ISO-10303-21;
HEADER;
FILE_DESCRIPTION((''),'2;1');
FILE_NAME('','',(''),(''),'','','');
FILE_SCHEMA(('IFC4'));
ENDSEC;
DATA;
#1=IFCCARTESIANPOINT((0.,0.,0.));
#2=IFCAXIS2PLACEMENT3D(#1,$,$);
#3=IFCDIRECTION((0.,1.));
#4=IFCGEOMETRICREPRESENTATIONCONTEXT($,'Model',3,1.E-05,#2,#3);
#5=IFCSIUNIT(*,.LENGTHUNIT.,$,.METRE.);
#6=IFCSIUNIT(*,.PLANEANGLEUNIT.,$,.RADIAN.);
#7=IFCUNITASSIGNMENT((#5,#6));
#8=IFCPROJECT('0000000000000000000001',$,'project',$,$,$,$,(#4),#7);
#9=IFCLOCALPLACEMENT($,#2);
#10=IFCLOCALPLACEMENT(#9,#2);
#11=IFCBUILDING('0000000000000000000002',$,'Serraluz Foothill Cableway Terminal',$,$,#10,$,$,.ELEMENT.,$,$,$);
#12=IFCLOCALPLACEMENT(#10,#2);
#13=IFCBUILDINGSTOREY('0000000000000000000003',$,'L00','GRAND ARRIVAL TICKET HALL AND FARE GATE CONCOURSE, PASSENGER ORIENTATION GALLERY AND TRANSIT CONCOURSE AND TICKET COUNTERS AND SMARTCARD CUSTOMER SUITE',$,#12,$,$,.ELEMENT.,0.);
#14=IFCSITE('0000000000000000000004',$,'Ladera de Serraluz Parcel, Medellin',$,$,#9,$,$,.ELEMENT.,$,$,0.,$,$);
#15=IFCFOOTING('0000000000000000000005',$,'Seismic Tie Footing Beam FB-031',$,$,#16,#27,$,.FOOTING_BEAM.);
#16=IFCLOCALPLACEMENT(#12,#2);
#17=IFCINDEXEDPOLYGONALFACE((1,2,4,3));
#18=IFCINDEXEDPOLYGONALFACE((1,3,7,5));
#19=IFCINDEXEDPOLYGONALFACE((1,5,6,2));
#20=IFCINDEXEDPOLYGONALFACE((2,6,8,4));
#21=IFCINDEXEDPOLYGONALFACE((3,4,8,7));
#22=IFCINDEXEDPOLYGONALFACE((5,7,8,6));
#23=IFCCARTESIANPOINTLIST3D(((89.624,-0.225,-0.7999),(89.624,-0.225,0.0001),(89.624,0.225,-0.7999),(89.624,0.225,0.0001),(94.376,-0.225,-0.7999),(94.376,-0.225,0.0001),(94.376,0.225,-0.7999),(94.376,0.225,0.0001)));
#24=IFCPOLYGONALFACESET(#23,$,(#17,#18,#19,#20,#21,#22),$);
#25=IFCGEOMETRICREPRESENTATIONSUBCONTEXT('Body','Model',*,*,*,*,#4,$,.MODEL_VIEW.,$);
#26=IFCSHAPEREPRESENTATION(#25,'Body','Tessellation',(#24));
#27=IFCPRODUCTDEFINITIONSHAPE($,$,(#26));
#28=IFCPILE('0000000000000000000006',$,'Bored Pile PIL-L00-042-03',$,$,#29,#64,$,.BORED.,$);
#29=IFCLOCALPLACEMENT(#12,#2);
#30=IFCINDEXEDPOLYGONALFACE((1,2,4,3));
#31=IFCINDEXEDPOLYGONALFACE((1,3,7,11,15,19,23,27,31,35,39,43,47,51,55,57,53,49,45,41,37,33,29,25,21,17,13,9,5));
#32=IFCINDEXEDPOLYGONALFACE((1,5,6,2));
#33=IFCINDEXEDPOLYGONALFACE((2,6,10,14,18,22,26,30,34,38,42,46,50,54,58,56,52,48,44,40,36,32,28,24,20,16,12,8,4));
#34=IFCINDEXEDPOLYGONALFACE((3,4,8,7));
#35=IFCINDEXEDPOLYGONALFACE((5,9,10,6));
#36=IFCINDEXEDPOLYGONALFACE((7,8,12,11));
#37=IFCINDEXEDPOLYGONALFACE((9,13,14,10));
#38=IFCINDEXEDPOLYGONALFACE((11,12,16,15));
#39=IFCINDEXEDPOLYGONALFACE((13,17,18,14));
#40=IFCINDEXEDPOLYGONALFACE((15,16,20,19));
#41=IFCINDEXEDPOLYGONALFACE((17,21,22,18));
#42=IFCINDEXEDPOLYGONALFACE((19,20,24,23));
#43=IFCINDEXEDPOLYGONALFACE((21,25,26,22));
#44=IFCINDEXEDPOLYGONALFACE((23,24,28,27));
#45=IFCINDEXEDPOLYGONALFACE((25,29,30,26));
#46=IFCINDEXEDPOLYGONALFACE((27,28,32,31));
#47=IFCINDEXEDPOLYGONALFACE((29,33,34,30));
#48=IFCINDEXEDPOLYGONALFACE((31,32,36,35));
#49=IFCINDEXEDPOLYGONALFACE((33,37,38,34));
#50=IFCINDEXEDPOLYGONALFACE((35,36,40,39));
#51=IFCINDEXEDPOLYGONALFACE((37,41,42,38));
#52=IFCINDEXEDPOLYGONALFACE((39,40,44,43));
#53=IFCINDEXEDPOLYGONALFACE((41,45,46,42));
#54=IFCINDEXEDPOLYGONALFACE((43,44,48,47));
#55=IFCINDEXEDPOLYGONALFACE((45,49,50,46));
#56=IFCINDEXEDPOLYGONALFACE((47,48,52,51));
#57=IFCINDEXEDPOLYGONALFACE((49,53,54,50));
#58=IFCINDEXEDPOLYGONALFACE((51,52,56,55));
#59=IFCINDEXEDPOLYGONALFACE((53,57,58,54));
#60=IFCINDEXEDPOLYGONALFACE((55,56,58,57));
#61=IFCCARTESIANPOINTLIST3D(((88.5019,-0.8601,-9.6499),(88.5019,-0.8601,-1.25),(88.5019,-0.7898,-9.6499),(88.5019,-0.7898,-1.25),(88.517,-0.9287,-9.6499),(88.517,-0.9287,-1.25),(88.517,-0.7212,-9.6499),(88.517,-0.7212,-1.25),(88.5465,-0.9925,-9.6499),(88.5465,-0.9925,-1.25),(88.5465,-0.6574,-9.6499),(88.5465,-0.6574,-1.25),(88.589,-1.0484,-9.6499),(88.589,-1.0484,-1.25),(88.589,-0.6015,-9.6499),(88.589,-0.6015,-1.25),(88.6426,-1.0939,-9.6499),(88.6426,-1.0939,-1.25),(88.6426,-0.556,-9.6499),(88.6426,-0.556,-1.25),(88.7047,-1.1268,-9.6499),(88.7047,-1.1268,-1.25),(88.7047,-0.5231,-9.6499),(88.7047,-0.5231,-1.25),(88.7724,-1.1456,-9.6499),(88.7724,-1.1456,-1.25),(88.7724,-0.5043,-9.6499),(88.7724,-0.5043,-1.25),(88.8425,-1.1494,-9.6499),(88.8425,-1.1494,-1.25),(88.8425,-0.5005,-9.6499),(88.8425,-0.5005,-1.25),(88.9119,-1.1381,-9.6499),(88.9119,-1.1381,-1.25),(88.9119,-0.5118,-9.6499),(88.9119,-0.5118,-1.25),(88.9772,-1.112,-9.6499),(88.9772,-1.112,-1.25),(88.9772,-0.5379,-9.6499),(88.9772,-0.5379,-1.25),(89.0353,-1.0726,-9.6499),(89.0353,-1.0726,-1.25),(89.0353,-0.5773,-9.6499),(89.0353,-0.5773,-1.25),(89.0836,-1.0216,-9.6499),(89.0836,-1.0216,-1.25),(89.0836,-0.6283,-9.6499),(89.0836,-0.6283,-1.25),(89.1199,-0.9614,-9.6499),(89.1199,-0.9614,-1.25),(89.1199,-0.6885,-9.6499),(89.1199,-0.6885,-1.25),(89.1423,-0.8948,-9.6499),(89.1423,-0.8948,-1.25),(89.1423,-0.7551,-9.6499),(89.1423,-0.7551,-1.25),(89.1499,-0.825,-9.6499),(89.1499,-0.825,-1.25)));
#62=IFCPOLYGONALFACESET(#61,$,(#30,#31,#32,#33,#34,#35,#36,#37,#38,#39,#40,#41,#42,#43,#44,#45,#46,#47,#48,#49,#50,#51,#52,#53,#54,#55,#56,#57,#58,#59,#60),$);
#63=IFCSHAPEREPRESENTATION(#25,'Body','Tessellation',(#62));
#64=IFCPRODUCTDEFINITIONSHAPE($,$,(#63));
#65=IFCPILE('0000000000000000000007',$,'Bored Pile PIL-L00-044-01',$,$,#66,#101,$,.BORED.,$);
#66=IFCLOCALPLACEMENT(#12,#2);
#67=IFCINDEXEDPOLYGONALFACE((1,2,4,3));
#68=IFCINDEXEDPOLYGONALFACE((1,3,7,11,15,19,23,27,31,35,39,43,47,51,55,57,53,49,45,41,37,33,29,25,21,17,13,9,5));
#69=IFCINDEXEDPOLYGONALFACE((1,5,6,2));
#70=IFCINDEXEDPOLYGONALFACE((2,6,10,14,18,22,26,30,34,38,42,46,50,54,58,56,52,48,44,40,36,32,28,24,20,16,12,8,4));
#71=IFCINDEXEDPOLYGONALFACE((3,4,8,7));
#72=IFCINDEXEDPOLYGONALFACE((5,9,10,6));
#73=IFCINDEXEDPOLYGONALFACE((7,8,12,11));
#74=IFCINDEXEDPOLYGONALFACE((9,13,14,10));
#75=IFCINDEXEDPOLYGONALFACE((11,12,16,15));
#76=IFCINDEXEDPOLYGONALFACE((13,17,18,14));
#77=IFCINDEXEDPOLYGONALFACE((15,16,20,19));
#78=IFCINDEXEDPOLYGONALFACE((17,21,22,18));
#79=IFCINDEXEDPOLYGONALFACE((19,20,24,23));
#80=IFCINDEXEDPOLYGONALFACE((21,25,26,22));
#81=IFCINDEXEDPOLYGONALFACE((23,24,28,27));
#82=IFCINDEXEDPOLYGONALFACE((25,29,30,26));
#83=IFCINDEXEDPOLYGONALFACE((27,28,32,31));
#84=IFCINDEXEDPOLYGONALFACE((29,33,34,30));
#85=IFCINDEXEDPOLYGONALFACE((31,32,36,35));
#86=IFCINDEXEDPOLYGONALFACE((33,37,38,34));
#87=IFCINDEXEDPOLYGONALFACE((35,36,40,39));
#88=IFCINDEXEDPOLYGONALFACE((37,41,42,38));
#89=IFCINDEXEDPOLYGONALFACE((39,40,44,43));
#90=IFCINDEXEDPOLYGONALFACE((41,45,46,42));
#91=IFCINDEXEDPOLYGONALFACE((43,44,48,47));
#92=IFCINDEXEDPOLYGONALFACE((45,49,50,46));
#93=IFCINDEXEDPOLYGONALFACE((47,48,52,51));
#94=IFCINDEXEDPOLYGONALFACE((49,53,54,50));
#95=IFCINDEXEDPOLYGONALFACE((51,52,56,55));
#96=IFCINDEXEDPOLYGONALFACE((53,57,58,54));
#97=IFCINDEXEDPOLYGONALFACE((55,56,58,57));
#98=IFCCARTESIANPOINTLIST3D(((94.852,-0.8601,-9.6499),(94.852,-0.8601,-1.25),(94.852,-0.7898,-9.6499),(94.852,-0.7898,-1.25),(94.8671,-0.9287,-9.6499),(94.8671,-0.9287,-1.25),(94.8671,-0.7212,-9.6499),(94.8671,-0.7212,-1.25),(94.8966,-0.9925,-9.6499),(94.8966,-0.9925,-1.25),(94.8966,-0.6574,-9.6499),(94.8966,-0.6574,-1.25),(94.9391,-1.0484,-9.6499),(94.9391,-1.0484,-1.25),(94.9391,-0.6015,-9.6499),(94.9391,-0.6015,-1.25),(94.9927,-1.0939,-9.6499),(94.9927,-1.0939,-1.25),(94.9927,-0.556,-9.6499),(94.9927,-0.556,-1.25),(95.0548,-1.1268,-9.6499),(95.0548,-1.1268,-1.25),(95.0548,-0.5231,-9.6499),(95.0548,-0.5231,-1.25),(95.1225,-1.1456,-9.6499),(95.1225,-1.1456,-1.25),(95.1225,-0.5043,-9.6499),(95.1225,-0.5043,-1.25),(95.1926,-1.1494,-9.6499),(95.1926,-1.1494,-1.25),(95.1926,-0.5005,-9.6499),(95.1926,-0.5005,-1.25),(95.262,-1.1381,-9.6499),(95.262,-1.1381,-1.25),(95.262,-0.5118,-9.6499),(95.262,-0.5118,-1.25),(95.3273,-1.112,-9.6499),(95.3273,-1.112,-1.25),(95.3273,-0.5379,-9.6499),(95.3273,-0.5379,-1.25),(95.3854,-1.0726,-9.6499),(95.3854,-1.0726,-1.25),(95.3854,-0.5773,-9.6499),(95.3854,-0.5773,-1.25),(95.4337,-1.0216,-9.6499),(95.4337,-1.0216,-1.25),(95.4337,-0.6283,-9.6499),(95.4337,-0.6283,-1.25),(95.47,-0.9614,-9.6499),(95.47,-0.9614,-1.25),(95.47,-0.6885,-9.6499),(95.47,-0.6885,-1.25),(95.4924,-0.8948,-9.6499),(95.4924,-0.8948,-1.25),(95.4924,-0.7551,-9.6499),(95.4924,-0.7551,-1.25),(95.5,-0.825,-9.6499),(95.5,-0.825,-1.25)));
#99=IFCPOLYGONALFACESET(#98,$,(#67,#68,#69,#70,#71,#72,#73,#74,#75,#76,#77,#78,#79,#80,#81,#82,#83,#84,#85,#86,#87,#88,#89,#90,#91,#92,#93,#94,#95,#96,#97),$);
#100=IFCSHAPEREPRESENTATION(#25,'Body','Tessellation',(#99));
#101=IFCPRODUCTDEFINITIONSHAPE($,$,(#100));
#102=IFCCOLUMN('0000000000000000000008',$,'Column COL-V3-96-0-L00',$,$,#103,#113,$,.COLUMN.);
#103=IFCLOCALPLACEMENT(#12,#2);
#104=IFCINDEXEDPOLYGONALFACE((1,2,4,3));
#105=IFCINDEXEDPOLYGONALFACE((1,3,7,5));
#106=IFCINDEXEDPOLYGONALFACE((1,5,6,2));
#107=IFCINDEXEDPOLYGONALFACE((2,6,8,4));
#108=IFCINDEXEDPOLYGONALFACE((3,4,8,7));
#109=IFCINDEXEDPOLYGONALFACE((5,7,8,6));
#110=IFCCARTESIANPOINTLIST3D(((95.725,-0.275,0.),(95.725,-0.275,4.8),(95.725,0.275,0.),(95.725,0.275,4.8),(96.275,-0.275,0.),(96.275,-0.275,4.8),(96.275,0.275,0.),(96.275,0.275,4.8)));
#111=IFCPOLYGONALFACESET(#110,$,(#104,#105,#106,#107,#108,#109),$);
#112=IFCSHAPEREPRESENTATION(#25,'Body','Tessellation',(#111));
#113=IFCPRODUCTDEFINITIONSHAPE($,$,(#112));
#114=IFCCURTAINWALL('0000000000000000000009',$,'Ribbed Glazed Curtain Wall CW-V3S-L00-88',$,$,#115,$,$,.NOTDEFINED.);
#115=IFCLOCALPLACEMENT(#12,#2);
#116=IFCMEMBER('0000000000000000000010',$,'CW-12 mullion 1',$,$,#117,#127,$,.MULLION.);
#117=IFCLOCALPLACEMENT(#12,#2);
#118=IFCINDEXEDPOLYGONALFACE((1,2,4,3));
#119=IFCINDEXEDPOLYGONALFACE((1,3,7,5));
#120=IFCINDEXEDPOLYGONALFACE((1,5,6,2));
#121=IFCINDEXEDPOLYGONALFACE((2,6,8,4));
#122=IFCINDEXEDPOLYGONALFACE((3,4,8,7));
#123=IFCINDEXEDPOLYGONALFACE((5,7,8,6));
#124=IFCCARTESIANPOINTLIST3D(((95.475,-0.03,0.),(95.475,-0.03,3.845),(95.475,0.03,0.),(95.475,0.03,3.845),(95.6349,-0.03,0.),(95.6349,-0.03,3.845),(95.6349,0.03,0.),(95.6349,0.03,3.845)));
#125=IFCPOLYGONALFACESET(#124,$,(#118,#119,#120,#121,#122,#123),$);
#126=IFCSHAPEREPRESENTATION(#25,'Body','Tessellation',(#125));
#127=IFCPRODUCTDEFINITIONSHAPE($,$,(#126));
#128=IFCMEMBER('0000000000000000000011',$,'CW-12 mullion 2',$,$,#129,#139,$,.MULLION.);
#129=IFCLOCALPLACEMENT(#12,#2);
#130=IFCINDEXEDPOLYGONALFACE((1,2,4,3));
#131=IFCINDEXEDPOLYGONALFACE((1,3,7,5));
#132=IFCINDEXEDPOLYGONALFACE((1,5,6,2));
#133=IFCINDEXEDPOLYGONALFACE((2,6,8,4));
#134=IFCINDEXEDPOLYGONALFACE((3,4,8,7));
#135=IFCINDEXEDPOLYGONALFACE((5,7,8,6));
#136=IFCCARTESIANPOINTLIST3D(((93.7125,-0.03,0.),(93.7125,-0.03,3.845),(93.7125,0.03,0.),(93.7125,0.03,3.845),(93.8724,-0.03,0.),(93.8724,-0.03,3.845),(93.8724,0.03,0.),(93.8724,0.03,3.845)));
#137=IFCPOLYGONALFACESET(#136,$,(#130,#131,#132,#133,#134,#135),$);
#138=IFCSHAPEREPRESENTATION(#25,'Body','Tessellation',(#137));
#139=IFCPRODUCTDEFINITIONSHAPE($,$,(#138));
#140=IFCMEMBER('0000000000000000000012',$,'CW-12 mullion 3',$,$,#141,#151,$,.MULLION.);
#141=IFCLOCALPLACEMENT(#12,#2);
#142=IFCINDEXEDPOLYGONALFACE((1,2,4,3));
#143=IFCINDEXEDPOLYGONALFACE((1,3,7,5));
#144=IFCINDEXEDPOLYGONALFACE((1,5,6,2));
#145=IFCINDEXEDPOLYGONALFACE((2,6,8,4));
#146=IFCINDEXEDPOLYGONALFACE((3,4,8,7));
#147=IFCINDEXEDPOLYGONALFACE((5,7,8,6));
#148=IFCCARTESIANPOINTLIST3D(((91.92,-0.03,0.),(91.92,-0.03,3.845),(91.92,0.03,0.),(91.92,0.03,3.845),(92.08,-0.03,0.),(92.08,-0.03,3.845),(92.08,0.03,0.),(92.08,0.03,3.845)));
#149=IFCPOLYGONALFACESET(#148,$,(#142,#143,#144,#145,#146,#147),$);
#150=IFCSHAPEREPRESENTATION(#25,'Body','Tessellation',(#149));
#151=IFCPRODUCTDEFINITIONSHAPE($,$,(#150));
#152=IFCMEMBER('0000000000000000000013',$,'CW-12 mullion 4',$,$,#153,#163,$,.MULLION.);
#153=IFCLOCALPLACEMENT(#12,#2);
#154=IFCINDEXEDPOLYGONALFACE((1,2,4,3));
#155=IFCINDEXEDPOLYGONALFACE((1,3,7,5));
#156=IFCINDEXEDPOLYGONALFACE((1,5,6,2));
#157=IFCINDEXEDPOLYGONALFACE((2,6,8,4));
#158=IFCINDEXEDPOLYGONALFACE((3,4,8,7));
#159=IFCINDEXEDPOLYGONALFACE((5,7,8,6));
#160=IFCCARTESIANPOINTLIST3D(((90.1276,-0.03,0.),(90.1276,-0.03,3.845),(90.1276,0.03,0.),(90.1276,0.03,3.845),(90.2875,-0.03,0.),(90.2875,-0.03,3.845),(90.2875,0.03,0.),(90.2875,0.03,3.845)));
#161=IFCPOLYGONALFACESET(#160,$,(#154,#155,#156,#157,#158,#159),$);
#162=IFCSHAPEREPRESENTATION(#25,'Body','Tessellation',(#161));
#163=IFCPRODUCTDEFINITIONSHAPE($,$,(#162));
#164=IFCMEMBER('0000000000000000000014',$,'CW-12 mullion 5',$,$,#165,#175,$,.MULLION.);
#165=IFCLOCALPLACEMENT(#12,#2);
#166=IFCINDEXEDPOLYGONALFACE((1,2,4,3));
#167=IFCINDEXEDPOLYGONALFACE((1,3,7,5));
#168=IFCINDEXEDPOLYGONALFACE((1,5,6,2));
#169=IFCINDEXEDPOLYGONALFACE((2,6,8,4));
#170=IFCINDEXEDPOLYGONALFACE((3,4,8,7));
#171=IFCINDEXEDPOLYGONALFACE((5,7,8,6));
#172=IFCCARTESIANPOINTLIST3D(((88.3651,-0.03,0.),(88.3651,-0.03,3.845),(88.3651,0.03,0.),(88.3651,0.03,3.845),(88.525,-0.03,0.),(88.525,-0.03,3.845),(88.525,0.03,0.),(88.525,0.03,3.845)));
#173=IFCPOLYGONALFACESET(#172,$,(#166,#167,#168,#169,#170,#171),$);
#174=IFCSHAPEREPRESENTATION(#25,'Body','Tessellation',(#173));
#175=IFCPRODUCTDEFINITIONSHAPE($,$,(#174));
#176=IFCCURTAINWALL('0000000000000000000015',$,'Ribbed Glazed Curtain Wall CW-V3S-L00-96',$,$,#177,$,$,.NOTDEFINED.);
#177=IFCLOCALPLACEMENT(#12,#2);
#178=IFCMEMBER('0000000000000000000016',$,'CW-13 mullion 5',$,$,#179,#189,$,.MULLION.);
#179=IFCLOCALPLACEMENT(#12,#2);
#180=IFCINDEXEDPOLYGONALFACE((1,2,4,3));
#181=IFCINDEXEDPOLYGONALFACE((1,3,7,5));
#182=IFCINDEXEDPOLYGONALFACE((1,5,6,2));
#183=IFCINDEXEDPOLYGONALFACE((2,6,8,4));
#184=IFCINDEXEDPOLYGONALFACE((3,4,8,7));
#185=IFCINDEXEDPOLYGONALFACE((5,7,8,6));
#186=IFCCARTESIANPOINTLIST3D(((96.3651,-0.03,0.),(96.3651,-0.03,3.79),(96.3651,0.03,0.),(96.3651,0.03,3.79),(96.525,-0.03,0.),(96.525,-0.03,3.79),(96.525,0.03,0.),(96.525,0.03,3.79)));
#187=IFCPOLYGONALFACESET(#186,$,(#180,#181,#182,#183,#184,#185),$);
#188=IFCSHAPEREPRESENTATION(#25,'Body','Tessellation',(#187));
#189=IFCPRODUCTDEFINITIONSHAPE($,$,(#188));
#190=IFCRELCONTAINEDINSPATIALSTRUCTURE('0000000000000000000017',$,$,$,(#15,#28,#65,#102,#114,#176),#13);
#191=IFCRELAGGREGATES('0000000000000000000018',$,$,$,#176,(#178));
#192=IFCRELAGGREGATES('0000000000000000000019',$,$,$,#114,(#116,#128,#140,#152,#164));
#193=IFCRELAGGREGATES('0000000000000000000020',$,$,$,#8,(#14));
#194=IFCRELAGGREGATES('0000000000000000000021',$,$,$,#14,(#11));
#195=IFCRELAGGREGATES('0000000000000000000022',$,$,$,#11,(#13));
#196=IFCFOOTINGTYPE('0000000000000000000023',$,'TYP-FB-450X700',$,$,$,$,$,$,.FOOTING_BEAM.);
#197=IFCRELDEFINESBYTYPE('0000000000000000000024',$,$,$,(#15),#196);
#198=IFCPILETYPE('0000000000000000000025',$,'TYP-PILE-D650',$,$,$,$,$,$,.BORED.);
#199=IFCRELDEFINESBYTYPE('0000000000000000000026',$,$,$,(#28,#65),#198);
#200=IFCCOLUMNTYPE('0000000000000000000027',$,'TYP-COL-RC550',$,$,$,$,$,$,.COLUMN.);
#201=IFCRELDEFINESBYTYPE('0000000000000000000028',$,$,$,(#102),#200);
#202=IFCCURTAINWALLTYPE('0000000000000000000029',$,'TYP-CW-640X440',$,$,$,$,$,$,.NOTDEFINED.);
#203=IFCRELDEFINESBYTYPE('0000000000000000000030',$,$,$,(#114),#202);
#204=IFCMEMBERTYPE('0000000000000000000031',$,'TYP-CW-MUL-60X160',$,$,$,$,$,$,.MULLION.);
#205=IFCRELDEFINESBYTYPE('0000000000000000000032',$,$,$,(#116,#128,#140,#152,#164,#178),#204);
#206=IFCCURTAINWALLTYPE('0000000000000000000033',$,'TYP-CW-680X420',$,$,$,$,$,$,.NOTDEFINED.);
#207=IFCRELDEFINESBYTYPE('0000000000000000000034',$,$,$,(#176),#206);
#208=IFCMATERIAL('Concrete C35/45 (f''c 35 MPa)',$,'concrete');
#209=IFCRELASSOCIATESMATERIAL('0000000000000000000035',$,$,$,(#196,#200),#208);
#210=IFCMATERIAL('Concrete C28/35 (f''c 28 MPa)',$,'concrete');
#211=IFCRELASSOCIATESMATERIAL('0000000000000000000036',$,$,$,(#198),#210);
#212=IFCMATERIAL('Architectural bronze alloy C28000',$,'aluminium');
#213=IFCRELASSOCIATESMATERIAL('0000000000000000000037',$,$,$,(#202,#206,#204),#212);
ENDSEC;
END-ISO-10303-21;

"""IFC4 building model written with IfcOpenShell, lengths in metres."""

from ifc_helpers import new_model, si_unit, direction, frame, origin, origin_2d, place, context, subcontext, project, spatial, rectangle, circle, extrude, material, material_profile, profile_set, type_object, element, aggregate, save


model = new_model("IFC4")

# Units and contexts
model_context = context("Model", 3, precision=1e-05, world=origin(), true_north=direction((0.0, 1.0)))
body_context = subcontext(model_context, "Body", "Model", "MODEL_VIEW")
ifc_project = project(units=[si_unit("LENGTHUNIT", "METRE"), si_unit("PLANEANGLEUNIT", "RADIAN")], contexts=[model_context])

# Site, building, storey
site_placement = place(None, origin())
site = spatial("IfcSite", under=ifc_project, at=site_placement, Name="Ladera de Serraluz Parcel, Medellin", CompositionType="ELEMENT", RefElevation=0.0)
building_placement = place(site_placement, origin())
building = spatial("IfcBuilding", under=site, at=building_placement, Name="Serraluz Foothill Cableway Terminal", CompositionType="ELEMENT")
storey_placement = place(building_placement, origin())
storey = spatial("IfcBuildingStorey", under=building, at=storey_placement, Name="L00", Description="GRAND ARRIVAL TICKET HALL AND FARE GATE CONCOURSE, PASSENGER ORIENTATION GALLERY AND TRANSIT CONCOURSE AND TICKET COUNTERS AND SMARTCARD CUSTOMER SUITE", CompositionType="ELEMENT", Elevation=0.0)

# Footing
ifc_material_1 = material(Name="Concrete C35/45 (f'c 35 MPa)", Category="concrete")
ifc_material_profile_1 = material_profile(ifc_material_1, rectangle(XDim=0.45, YDim=0.8, at=origin_2d()), Name="RC 450x800")
ifc_profile_set_1 = profile_set([ifc_material_profile_1], Name="Concrete C35/45 (f'c 35 MPa)")
footing_type = type_object("IfcFootingType", Name="TYP-FB-450X700", PredefinedType="FOOTING_BEAM", material=ifc_profile_set_1)
footing_placement = place(storey_placement, frame((89.624, 0.0, -0.3999), z_axis=(1.0, 0.0, 0.0), x_axis=(0.0, 1.0, 0.0)))
element("IfcFooting", 1, at=footing_placement, inside=storey, type_object=footing_type, Name="Seismic Tie Footing Beam FB-031", PredefinedType="FOOTING_BEAM", context=body_context, shape_type="SweptSolid", body=[
    extrude(rectangle(XDim=0.45, YDim=0.8, at=origin_2d()), origin(), (0.0, 0.0, 1.0), 4.752),
])

# Piles
ifc_material_2 = material(Name="Concrete C28/35 (f'c 28 MPa)", Category="concrete")
ifc_material_profile_2 = material_profile(ifc_material_2, circle(Radius=0.325, at=origin_2d()), Name="BORED PILE D650")
ifc_profile_set_2 = profile_set([ifc_material_profile_2], Name="Concrete C28/35 (f'c 28 MPa)")
pile_type = type_object("IfcPileType", Name="TYP-PILE-D650", PredefinedType="BORED", material=ifc_profile_set_2)
for number, where, z_axis, x_axis, name in (
    (2, (88.825, -0.825, -1.25), (0.0, 0.0, -1.0), (1.0, 0.0, 0.0), "Bored Pile PIL-L00-042-03"),
    (3, (95.175, -0.825, -1.25), (0.0, 0.0, -1.0), (1.0, 0.0, 0.0), "Bored Pile PIL-L00-044-01"),
):
    element("IfcPile", number, at=place(storey_placement, frame(where, z_axis=z_axis, x_axis=x_axis)), inside=storey, type_object=pile_type, Name=name, PredefinedType="BORED", context=body_context, shape_type="SweptSolid", body=[
        extrude(circle(Radius=0.325, at=origin_2d()), origin(), (0.0, 0.0, 1.0), 8.3999),
    ])

# Column
ifc_material_profile_3 = material_profile(ifc_material_1, rectangle(XDim=0.55, YDim=0.55, at=origin_2d()), Name="RC 550x550")
ifc_profile_set_3 = profile_set([ifc_material_profile_3], Name="Concrete C35/45 (f'c 35 MPa)")
column_type = type_object("IfcColumnType", Name="TYP-COL-RC550", PredefinedType="COLUMN", material=ifc_profile_set_3)
column_placement = place(storey_placement, frame((96.0, 0.0, 0.0), z_axis=(0.0, 0.0, 1.0), x_axis=(1.0, 0.0, 0.0)))
element("IfcColumn", 4, at=column_placement, inside=storey, type_object=column_type, Name="Column COL-V3-96-0-L00", PredefinedType="COLUMN", context=body_context, shape_type="SweptSolid", body=[
    extrude(rectangle(XDim=0.55, YDim=0.55, at=origin_2d()), origin(), (0.0, 0.0, 1.0), 4.8),
])

# Curtain wall, members
ifc_material_3 = material(Name="Architectural bronze alloy C28000", Category="aluminium")
curtain_wall_type_1 = type_object("IfcCurtainWallType", Name="TYP-CW-640X440", PredefinedType="NOTDEFINED", material=ifc_material_3)
curtain_wall_1_placement = place(storey_placement, origin())
curtain_wall_1 = element("IfcCurtainWall", 5, at=curtain_wall_1_placement, inside=storey, type_object=curtain_wall_type_1, Name="Ribbed Glazed Curtain Wall CW-V3S-L00-88", PredefinedType="NOTDEFINED")
ifc_material_profile_4 = material_profile(ifc_material_3, rectangle(XDim=0.0601, YDim=0.1599, at=origin_2d()), Name="ALU MULLION 60x160")
ifc_profile_set_4 = profile_set([ifc_material_profile_4], Name="Architectural bronze alloy C28000")
member_type_1 = type_object("IfcMemberType", Name="TYP-CW-MUL-60X160", PredefinedType="MULLION", material=ifc_profile_set_4)
member_1_placement = place(storey_placement, frame((95.5549, 0.0, 0.0), z_axis=(0.0, 0.0, 1.0), x_axis=(0.0, -1.0, 0.0)))
member_1 = element("IfcMember", 6, at=member_1_placement, type_object=member_type_1, Name="CW-12 mullion 1", PredefinedType="MULLION", context=body_context, shape_type="SweptSolid", body=[
    extrude(rectangle(XDim=0.0601, YDim=0.1599, at=origin_2d()), origin(), (0.0, 0.0, 1.0), 3.845),
])
member_2_placement = place(storey_placement, frame((93.7925, 0.0, 0.0), z_axis=(0.0, 0.0, 1.0), x_axis=(0.0, -1.0, 0.0)))
member_2 = element("IfcMember", 7, at=member_2_placement, type_object=member_type_1, Name="CW-12 mullion 2", PredefinedType="MULLION", context=body_context, shape_type="SweptSolid", body=[
    extrude(rectangle(XDim=0.0601, YDim=0.1599, at=origin_2d()), origin(), (0.0, 0.0, 1.0), 3.845),
])
member_3_placement = place(storey_placement, frame((92.0, 0.0, 0.0), z_axis=(0.0, 0.0, 1.0), x_axis=(0.0, -1.0, 0.0)))
member_3 = element("IfcMember", 8, at=member_3_placement, type_object=member_type_1, Name="CW-12 mullion 3", PredefinedType="MULLION", context=body_context, shape_type="SweptSolid", body=[
    extrude(rectangle(XDim=0.0601, YDim=0.1599, at=origin_2d()), origin(), (0.0, 0.0, 1.0), 3.845),
])
member_4_placement = place(storey_placement, frame((90.2075, 0.0, 0.0), z_axis=(0.0, 0.0, 1.0), x_axis=(0.0, -1.0, 0.0)))
member_4 = element("IfcMember", 9, at=member_4_placement, type_object=member_type_1, Name="CW-12 mullion 4", PredefinedType="MULLION", context=body_context, shape_type="SweptSolid", body=[
    extrude(rectangle(XDim=0.0601, YDim=0.1599, at=origin_2d()), origin(), (0.0, 0.0, 1.0), 3.845),
])
member_5_placement = place(storey_placement, frame((88.4451, 0.0, 0.0), z_axis=(0.0, 0.0, 1.0), x_axis=(0.0, -1.0, 0.0)))
member_5 = element("IfcMember", 10, at=member_5_placement, type_object=member_type_1, Name="CW-12 mullion 5", PredefinedType="MULLION", context=body_context, shape_type="SweptSolid", body=[
    extrude(rectangle(XDim=0.0601, YDim=0.1599, at=origin_2d()), origin(), (0.0, 0.0, 1.0), 3.845),
])

# Curtain wall, member
curtain_wall_type_2 = type_object("IfcCurtainWallType", Name="TYP-CW-680X420", PredefinedType="NOTDEFINED", material=ifc_material_3)
curtain_wall_2_placement = place(storey_placement, origin())
curtain_wall_2 = element("IfcCurtainWall", 11, at=curtain_wall_2_placement, inside=storey, type_object=curtain_wall_type_2, Name="Ribbed Glazed Curtain Wall CW-V3S-L00-96", PredefinedType="NOTDEFINED")
member_6_placement = place(storey_placement, frame((96.4451, 0.0, 0.0), z_axis=(0.0, 0.0, 1.0), x_axis=(0.0, -1.0, 0.0)))
member_6 = element("IfcMember", 12, at=member_6_placement, type_object=member_type_1, Name="CW-13 mullion 5", PredefinedType="MULLION", context=body_context, shape_type="SweptSolid", body=[
    extrude(rectangle(XDim=0.0601, YDim=0.1599, at=origin_2d()), origin(), (0.0, 0.0, 1.0), 3.79),
])
aggregate(curtain_wall_2, [member_6])

aggregate(curtain_wall_1, [member_1, member_2, member_3, member_4, member_5])

save(model, "model.ifc")
